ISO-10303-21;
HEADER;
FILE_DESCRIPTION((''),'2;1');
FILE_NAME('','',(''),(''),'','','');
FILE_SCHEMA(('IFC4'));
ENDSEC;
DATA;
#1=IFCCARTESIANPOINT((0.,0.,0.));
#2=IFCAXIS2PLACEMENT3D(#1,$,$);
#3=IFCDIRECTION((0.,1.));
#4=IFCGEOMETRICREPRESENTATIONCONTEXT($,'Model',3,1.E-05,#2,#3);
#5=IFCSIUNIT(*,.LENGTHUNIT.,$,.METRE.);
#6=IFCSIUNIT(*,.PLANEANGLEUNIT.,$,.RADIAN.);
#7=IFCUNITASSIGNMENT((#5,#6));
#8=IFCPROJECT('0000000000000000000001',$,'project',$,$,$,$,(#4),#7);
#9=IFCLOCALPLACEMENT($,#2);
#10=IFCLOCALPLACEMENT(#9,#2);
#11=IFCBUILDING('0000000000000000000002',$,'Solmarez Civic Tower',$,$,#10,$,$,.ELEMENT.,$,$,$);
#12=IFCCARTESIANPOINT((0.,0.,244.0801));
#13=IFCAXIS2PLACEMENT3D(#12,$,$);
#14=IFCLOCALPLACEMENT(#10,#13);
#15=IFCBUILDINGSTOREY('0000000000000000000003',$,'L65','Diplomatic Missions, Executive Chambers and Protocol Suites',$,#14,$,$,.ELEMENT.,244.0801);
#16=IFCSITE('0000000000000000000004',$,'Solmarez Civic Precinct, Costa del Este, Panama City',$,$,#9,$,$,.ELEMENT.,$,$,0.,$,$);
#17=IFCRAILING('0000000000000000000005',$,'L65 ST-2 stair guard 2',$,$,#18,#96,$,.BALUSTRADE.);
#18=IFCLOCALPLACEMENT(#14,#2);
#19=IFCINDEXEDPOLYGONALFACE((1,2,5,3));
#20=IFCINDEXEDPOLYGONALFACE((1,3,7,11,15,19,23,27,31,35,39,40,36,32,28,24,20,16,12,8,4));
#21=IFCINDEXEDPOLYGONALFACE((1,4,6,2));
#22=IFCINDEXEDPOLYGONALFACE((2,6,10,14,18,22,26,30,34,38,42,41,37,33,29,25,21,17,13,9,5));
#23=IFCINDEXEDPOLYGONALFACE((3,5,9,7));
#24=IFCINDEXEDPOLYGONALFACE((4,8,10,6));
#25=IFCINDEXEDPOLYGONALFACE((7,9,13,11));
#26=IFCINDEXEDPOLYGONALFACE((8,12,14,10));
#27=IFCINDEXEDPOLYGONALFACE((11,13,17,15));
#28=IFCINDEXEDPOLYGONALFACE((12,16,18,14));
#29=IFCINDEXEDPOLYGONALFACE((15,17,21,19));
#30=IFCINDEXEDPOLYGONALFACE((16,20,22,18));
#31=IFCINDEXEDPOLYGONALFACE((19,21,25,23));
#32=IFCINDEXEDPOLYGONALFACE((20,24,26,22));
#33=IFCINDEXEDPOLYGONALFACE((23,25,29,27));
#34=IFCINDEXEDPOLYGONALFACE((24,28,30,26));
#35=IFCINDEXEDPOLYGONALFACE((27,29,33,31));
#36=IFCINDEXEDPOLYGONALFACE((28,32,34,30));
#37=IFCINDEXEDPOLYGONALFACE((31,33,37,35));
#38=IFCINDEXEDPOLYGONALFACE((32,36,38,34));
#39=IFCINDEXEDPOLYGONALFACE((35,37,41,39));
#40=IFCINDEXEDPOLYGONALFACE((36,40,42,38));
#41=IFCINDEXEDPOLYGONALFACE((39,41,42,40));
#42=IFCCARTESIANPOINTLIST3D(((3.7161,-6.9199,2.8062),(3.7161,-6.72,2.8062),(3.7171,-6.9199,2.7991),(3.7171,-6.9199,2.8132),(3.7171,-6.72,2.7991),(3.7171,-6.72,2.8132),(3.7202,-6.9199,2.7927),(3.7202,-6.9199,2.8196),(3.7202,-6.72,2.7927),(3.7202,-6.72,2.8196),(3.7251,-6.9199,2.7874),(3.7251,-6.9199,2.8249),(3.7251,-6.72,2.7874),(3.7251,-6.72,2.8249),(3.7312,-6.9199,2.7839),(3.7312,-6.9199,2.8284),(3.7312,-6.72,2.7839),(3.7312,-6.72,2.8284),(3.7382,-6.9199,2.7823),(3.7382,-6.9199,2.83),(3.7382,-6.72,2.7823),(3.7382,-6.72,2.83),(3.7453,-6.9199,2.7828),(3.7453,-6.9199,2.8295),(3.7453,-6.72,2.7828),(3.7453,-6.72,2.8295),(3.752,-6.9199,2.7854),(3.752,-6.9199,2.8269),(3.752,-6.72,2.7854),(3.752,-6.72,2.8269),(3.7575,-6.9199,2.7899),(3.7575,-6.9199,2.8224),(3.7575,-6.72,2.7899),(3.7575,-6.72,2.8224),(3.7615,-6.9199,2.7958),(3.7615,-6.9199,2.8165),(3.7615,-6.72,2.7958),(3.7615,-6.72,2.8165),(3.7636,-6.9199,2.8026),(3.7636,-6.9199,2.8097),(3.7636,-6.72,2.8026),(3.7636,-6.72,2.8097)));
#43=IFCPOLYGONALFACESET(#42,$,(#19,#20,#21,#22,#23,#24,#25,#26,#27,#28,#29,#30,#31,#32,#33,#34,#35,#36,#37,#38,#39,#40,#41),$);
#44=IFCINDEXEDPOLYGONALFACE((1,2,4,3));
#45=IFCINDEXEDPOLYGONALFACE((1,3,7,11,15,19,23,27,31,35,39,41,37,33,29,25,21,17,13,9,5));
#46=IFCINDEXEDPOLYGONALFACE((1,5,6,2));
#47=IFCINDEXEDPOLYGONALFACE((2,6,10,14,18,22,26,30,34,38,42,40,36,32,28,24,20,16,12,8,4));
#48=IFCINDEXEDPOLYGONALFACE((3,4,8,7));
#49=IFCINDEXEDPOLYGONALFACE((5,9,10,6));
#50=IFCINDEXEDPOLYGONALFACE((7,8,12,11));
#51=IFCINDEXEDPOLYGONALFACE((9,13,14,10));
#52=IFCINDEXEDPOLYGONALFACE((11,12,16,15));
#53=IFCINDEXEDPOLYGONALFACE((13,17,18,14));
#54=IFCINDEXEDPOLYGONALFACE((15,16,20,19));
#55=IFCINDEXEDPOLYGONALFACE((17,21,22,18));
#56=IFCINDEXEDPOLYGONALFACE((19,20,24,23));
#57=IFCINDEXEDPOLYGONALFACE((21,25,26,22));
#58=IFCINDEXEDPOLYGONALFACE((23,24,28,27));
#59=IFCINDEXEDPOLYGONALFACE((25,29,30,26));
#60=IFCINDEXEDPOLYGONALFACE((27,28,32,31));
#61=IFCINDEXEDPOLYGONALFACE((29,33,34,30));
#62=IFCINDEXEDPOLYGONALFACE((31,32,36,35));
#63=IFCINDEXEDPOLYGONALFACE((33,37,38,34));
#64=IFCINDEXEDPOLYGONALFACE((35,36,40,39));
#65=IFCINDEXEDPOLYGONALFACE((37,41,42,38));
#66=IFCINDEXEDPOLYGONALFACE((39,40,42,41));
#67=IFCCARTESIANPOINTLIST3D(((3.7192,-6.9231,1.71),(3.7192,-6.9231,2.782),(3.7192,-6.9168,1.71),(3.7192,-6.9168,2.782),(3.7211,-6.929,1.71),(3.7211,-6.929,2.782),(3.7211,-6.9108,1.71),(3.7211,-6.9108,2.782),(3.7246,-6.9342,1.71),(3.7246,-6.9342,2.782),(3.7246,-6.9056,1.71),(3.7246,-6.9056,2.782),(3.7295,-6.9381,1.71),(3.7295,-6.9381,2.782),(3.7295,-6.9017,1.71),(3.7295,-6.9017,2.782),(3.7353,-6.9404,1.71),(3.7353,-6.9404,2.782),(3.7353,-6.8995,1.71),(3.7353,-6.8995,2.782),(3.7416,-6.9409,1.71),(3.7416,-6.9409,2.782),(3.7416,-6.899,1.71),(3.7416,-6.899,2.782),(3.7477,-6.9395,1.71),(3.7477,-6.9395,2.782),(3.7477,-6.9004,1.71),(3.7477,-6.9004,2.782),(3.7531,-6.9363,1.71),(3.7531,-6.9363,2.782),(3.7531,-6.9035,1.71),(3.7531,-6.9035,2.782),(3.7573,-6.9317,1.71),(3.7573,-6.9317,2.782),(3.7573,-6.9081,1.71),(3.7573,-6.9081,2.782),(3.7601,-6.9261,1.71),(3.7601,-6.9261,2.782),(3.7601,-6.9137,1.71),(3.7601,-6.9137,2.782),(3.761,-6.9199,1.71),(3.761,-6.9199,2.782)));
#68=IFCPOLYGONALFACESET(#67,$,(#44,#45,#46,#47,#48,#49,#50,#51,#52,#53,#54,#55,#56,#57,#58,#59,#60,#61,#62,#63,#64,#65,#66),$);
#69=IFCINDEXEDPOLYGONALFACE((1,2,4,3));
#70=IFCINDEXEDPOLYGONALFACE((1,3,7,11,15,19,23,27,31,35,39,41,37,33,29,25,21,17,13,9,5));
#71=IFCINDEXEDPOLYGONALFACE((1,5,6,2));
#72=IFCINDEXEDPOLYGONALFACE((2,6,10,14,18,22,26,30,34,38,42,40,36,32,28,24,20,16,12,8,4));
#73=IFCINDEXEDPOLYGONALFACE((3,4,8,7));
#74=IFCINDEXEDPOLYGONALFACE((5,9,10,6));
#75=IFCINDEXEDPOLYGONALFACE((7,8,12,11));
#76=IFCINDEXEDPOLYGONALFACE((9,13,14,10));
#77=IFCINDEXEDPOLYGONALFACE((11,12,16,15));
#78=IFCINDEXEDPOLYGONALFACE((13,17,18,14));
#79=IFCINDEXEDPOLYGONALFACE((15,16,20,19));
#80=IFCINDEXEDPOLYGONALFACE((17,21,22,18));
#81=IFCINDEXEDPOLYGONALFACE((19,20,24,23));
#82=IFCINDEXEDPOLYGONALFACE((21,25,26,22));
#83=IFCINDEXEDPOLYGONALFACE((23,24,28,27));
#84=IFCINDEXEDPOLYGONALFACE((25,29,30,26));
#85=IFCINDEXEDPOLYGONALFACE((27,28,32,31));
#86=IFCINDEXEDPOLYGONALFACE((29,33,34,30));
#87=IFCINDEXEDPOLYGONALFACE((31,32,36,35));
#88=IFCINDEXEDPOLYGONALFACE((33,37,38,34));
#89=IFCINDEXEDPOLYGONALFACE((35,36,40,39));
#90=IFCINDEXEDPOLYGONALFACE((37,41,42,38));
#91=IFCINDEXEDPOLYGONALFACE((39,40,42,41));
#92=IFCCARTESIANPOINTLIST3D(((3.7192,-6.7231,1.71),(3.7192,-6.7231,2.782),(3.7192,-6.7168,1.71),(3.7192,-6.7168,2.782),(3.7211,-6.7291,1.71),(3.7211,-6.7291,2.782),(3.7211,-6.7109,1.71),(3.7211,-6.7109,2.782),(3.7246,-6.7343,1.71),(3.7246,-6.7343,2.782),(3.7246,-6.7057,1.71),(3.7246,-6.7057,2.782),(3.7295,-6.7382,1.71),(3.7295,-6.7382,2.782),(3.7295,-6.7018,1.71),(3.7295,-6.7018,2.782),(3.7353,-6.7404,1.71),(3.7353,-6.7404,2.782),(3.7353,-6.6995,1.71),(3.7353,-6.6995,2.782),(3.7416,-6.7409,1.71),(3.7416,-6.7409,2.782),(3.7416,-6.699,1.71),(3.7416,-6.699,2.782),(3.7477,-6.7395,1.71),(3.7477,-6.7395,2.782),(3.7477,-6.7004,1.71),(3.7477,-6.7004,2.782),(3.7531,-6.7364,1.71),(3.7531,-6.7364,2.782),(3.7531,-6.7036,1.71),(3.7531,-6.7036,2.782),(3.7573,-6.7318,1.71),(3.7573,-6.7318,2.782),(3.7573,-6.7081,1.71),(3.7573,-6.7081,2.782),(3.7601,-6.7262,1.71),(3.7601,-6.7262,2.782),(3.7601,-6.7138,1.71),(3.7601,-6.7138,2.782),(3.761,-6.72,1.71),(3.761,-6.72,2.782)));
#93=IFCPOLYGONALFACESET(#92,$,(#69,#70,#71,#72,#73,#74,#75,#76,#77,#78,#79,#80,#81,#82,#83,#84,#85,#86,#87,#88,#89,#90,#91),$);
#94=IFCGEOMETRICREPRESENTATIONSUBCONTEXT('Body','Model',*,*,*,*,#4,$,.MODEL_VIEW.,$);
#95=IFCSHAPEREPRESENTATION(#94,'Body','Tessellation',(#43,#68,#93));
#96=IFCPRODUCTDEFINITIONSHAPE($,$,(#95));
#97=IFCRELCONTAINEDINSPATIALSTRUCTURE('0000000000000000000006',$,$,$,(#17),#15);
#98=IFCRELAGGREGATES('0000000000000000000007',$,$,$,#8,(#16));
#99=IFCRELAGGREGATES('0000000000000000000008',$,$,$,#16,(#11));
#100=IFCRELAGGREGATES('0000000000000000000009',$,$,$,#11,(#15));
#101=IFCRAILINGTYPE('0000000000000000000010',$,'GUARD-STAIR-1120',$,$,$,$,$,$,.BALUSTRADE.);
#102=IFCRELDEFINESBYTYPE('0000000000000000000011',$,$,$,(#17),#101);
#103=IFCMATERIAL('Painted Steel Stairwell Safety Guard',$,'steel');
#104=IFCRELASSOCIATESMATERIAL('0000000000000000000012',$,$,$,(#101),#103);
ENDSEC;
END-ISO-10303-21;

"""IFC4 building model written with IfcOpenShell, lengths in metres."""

from ifc_helpers import new_model, si_unit, direction, frame, origin, origin_2d, place, context, subcontext, project, spatial, circle, extrude, material, type_object, element, save


model = new_model("IFC4")

# Units and contexts
model_context = context("Model", 3, precision=1e-05, world=origin(), true_north=direction((0.0, 1.0)))
body_context = subcontext(model_context, "Body", "Model", "MODEL_VIEW")
ifc_project = project(units=[si_unit("LENGTHUNIT", "METRE"), si_unit("PLANEANGLEUNIT", "RADIAN")], contexts=[model_context])

# Site, building, storey
site_placement = place(None, origin())
site = spatial("IfcSite", under=ifc_project, at=site_placement, Name="Solmarez Civic Precinct, Costa del Este, Panama City", CompositionType="ELEMENT", RefElevation=0.0)
building_placement = place(site_placement, origin())
building = spatial("IfcBuilding", under=site, at=building_placement, Name="Solmarez Civic Tower", CompositionType="ELEMENT")
storey_placement = place(building_placement, frame((0.0, 0.0, 244.0801)))
storey = spatial("IfcBuildingStorey", under=building, at=storey_placement, Name="L65", Description="Diplomatic Missions, Executive Chambers and Protocol Suites", CompositionType="ELEMENT", Elevation=244.0801)

# Railing
ifc_material_1 = material(Name="Painted Steel Stairwell Safety Guard", Category="steel")
railing_type_1 = type_object("IfcRailingType", Name="GUARD-STAIR-1120", PredefinedType="BALUSTRADE", material=ifc_material_1)
railing_1_placement = place(storey_placement, frame((3.74, -6.9199, 1.71)))
element("IfcRailing", 1, at=railing_1_placement, inside=storey, type_object=railing_type_1, Name="L65 ST-2 stair guard 2", PredefinedType="BALUSTRADE", context=body_context, shape_type="SweptSolid", body=[
    extrude(circle(Radius=0.0239, at=origin_2d()), frame((0.0, 0.0, 1.0962), z_axis=(0.0, 1.0, 0.0), x_axis=(-1.0, 0.0, 0.0)), (0.0, 0.0, 1.0), 0.2),
    extrude(circle(Radius=0.021, at=origin_2d()), origin(), (0.0, 0.0, 1.0), 1.072),
    extrude(circle(Radius=0.021, at=origin_2d()), frame((0.0, 0.2, 0.0)), (0.0, 0.0, 1.0), 1.072),
])

save(model, "model.ifc")
